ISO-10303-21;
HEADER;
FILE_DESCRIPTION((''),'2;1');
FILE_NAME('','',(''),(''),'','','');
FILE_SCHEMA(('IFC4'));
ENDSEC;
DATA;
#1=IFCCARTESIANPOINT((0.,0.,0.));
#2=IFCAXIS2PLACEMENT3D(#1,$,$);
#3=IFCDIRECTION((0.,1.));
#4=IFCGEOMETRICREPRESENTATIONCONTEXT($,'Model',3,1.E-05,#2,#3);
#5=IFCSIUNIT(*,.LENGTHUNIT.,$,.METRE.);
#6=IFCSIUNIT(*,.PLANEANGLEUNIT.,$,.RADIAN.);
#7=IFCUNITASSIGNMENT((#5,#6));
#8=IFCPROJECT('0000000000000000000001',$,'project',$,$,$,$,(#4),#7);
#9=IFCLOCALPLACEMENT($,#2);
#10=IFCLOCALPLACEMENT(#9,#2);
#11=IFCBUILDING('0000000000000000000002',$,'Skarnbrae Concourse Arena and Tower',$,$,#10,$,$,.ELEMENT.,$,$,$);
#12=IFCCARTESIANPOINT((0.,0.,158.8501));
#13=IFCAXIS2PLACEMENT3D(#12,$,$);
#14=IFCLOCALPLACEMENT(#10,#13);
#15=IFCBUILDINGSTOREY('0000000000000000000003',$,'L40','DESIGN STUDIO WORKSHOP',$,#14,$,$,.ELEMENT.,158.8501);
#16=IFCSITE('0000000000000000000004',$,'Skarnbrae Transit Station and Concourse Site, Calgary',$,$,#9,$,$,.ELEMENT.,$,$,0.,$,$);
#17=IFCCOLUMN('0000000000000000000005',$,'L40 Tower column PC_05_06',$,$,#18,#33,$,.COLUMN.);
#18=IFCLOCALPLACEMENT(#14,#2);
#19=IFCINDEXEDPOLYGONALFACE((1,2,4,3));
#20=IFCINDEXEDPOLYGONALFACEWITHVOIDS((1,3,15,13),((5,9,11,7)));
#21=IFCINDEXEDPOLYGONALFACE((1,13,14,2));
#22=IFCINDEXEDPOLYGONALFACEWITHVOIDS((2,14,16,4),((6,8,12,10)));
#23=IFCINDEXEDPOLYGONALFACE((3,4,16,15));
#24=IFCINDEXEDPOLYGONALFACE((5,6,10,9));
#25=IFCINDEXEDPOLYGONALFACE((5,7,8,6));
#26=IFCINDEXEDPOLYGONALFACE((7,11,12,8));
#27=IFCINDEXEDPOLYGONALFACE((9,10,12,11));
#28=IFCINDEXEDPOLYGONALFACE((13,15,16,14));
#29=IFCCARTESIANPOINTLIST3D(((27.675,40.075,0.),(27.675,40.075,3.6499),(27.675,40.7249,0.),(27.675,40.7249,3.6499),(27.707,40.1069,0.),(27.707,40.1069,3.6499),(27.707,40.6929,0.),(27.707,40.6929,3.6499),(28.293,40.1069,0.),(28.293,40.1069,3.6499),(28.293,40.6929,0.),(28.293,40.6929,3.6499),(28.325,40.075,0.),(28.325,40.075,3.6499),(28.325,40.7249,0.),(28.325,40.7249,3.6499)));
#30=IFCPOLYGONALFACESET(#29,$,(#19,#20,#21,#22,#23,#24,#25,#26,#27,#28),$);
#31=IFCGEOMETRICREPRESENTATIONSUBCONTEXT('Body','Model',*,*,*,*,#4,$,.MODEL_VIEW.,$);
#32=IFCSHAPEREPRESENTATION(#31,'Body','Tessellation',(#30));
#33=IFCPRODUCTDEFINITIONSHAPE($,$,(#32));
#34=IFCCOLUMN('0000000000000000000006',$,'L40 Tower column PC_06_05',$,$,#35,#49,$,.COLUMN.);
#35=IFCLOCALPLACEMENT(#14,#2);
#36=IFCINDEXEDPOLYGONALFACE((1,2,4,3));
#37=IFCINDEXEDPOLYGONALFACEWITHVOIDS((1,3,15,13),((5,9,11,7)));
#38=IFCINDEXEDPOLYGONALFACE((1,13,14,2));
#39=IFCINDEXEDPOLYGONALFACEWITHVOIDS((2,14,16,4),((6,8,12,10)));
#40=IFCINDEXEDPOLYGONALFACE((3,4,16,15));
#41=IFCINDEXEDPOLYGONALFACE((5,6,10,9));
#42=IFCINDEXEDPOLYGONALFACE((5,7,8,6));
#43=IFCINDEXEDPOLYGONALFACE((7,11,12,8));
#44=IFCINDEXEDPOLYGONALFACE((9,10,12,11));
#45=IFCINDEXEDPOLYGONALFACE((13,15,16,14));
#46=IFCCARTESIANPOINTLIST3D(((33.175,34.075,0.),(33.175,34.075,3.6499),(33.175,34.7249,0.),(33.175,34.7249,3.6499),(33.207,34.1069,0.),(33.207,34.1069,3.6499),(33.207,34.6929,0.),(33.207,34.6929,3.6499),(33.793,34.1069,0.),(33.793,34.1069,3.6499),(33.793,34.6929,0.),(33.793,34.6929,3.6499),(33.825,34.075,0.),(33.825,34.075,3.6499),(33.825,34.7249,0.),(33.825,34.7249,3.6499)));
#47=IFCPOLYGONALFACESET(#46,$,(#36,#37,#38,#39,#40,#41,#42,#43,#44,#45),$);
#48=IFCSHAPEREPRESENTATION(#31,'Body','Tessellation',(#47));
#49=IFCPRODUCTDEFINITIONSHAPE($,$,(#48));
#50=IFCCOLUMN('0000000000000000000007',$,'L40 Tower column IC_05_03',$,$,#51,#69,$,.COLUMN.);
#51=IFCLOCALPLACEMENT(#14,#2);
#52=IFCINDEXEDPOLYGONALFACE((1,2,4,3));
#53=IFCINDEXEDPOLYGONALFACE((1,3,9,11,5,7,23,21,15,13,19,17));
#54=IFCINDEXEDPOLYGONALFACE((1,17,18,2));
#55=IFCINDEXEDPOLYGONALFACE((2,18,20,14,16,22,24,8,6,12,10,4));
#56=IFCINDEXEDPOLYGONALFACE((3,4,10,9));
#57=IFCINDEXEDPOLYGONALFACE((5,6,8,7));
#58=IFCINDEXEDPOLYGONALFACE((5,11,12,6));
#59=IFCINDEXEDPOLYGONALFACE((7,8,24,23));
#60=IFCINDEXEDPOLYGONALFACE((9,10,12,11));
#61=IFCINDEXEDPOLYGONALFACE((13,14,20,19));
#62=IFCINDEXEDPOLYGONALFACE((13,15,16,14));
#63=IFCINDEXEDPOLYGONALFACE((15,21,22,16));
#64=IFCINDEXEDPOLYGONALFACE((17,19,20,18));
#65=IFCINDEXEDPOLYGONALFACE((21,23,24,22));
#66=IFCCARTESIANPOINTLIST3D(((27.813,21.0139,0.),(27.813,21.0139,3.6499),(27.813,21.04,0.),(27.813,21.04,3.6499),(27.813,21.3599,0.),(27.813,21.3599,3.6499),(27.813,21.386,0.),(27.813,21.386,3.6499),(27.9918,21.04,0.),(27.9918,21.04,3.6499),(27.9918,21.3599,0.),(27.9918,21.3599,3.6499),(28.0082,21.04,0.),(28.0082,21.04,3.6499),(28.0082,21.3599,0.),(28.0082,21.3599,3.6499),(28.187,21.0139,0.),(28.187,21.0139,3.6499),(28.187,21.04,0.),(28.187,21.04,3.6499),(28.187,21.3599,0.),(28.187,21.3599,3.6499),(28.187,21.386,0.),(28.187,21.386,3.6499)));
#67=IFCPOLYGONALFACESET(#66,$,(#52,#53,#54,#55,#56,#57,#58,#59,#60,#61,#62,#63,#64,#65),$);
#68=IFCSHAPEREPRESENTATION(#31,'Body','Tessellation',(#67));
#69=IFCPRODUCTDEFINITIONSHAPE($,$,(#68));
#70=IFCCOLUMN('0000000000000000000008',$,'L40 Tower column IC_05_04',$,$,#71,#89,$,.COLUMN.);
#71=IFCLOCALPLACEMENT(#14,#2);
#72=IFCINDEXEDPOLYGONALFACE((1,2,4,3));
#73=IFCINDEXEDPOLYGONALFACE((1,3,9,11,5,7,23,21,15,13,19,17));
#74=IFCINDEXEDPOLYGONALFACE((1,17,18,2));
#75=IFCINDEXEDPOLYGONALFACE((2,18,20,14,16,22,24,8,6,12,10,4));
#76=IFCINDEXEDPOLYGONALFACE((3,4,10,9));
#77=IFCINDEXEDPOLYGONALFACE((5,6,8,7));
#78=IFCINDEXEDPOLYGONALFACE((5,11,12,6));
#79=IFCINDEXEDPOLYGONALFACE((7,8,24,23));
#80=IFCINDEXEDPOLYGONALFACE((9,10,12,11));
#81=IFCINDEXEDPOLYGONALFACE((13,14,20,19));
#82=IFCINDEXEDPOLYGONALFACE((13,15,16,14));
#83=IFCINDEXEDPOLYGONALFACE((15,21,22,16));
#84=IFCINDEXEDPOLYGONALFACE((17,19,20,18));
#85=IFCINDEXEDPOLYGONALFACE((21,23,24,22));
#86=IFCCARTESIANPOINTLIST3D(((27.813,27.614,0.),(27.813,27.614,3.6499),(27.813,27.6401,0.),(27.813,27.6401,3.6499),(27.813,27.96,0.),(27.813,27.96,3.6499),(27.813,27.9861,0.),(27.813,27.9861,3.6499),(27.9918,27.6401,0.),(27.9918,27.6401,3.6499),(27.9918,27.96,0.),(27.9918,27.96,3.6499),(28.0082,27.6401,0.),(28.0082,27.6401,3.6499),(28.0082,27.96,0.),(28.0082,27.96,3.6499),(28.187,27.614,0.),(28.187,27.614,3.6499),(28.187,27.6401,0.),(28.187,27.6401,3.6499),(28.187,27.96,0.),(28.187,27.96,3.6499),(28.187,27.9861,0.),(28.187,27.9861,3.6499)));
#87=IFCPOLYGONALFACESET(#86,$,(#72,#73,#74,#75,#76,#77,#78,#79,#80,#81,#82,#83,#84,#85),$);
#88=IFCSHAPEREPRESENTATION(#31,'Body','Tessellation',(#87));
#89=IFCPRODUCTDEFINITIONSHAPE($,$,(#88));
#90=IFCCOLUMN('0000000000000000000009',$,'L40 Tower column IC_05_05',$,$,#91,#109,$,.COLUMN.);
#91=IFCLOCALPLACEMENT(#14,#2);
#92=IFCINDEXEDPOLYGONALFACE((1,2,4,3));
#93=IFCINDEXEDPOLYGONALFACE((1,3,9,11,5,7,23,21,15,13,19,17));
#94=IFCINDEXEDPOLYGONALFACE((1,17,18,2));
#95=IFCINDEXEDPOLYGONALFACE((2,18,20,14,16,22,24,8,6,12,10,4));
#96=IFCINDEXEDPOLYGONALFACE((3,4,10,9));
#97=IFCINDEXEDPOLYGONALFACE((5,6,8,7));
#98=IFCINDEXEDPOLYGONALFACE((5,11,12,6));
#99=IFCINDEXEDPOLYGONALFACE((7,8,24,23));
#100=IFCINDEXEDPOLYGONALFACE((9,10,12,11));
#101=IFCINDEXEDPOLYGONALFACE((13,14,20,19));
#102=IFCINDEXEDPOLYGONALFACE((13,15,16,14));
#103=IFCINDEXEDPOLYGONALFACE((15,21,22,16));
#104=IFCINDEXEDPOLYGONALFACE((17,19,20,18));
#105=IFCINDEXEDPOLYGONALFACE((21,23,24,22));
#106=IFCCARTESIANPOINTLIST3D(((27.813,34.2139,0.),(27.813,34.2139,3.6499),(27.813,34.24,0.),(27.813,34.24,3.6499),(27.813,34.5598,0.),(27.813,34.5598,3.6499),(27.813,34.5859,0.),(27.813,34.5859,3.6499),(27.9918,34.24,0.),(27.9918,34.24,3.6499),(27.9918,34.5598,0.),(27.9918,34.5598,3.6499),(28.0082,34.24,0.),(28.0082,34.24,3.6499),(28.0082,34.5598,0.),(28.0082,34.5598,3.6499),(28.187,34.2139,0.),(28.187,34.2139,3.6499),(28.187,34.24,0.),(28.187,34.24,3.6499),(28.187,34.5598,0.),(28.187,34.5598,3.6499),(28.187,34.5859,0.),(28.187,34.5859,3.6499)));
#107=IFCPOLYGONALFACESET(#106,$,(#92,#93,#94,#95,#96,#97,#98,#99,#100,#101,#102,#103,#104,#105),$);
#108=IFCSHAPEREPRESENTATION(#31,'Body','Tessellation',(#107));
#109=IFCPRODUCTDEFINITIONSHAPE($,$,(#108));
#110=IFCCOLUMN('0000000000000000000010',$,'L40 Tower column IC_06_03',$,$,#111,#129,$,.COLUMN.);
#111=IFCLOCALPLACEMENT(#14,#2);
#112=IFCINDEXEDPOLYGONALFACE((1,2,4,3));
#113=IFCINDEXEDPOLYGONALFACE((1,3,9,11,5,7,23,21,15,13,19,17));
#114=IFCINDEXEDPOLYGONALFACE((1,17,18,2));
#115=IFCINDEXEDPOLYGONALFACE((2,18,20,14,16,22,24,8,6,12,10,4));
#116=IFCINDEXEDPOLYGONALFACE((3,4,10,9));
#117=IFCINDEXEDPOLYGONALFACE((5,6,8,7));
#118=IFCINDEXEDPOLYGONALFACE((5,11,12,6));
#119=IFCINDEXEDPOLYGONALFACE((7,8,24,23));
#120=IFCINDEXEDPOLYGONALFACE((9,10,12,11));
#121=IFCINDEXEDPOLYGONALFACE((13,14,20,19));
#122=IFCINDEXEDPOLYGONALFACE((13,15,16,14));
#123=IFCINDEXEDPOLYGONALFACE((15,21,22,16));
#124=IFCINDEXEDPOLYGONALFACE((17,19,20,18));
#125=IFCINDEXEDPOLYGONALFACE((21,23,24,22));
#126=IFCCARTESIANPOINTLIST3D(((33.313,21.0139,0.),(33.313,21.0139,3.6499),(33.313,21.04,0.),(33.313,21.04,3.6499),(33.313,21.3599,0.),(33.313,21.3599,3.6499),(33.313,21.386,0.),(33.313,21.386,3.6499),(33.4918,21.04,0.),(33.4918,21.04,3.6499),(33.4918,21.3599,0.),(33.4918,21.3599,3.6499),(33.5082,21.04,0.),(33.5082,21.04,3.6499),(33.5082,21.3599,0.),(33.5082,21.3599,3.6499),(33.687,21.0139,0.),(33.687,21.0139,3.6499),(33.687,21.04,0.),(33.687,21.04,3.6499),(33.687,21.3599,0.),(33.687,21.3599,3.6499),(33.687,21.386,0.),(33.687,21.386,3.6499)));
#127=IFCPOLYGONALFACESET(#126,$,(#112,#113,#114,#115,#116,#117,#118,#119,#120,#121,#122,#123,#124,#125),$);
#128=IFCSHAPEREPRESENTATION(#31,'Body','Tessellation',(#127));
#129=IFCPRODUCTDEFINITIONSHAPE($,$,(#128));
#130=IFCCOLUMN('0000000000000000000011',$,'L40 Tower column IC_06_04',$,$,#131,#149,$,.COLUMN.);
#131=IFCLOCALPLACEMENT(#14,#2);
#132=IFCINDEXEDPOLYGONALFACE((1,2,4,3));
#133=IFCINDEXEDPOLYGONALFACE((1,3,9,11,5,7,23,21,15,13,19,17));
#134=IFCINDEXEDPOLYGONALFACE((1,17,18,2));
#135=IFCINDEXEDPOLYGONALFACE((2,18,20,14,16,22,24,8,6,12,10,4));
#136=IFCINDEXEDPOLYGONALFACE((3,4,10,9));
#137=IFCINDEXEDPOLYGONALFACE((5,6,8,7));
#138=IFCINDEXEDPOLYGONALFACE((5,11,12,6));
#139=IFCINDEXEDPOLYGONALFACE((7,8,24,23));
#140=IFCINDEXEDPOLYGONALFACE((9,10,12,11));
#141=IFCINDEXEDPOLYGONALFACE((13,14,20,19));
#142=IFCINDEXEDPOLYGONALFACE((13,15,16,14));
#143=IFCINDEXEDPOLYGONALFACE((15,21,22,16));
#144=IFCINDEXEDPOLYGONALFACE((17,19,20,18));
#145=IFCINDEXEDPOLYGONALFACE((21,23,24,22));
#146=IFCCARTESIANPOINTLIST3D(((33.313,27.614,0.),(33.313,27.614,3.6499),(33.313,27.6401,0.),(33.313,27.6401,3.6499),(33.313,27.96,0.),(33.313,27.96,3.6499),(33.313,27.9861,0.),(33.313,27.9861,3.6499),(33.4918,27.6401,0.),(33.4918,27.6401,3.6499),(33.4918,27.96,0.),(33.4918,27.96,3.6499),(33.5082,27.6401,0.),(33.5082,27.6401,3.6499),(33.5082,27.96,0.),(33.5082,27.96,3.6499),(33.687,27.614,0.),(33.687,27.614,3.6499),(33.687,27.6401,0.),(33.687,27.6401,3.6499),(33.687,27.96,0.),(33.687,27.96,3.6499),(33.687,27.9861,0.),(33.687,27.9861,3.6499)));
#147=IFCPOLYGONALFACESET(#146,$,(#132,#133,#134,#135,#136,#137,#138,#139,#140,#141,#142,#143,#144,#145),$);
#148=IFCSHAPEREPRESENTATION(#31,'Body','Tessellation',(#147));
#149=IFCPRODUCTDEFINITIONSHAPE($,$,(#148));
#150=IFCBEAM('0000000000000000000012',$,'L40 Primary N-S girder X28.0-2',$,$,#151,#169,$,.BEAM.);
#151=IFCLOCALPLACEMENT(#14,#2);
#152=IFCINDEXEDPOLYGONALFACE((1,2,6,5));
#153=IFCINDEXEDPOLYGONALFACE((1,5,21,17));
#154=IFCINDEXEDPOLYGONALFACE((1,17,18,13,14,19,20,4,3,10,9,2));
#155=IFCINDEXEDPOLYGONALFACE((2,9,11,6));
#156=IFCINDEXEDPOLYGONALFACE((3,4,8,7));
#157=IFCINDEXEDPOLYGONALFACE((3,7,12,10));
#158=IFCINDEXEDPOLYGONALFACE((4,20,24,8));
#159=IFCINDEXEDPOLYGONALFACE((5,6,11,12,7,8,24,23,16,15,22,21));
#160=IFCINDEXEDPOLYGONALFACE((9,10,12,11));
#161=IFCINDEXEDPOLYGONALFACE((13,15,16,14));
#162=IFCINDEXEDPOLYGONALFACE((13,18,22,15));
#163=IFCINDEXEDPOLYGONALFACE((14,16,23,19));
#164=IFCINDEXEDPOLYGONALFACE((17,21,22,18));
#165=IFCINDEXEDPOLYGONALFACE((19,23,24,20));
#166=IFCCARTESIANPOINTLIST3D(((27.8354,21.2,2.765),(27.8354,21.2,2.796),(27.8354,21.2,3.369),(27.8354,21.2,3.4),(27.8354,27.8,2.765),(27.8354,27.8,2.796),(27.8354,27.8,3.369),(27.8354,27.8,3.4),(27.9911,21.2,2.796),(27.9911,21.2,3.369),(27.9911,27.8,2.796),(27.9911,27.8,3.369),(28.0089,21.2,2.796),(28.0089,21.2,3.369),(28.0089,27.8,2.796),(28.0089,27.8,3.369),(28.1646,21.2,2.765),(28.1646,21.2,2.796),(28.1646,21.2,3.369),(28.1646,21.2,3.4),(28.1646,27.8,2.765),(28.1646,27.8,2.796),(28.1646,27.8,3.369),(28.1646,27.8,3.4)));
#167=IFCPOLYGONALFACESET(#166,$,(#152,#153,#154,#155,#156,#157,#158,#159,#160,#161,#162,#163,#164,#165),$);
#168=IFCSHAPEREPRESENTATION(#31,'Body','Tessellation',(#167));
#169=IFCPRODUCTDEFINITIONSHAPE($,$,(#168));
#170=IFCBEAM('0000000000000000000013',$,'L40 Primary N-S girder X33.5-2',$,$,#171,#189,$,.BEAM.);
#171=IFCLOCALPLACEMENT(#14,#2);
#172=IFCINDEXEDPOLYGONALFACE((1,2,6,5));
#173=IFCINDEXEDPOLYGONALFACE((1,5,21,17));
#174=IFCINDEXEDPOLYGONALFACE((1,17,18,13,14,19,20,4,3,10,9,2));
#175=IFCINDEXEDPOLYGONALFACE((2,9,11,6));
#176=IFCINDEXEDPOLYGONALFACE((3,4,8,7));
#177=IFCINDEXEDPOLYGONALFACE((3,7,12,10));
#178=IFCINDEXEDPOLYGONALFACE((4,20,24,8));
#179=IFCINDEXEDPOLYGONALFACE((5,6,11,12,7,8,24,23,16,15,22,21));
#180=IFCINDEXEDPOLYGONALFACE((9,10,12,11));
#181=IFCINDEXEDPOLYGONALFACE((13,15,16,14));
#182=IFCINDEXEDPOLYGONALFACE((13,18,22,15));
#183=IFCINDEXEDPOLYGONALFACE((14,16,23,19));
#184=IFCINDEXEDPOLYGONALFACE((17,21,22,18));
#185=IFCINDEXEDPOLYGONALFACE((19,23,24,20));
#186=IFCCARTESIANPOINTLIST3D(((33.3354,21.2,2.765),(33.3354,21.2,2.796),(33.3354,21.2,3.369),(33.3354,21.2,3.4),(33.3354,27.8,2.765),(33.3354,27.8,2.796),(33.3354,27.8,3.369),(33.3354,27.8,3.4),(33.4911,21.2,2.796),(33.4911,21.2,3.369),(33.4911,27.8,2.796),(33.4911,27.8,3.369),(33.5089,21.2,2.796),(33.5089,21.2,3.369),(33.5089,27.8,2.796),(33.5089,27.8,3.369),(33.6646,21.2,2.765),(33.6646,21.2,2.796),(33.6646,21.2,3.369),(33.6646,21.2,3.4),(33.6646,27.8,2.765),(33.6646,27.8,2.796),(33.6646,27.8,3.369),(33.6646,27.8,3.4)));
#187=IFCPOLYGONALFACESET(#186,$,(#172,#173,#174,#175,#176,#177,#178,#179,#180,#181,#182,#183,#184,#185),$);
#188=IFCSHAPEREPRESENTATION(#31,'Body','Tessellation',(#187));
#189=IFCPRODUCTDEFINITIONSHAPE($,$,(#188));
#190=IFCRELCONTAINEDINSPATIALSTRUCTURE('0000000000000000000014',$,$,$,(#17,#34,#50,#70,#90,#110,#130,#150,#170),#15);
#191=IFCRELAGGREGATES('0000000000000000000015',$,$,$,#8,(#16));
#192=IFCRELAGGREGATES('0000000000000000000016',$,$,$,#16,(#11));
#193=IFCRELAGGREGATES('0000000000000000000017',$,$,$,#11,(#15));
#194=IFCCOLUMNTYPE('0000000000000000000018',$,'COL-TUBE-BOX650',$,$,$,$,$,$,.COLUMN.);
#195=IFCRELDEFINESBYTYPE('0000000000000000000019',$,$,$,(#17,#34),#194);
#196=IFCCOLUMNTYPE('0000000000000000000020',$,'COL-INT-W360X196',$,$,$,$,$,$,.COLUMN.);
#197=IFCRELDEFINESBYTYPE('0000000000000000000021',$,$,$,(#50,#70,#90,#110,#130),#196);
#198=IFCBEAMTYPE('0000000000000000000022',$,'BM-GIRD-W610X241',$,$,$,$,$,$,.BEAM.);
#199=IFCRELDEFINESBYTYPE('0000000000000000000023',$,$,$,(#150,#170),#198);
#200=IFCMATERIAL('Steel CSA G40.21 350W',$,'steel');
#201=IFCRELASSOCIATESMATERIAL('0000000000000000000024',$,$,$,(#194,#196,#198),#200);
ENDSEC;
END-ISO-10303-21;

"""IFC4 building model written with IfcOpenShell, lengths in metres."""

from ifc_helpers import new_model, si_unit, direction, frame, origin, origin_2d, place, context, subcontext, project, spatial, hollow_rectangle, i_section, extrude, source, transform, mapped, material, material_profile, profile_set, type_object, element, save


model = new_model("IFC4")

# Units and contexts
model_context = context("Model", 3, precision=1e-05, world=origin(), true_north=direction((0.0, 1.0)))
body_context = subcontext(model_context, "Body", "Model", "MODEL_VIEW")
ifc_project = project(units=[si_unit("LENGTHUNIT", "METRE"), si_unit("PLANEANGLEUNIT", "RADIAN")], contexts=[model_context])

# Site, building, storey
site_placement = place(None, origin())
site = spatial("IfcSite", under=ifc_project, at=site_placement, Name="Skarnbrae Transit Station and Concourse Site, Calgary", CompositionType="ELEMENT", RefElevation=0.0)
building_placement = place(site_placement, origin())
building = spatial("IfcBuilding", under=site, at=building_placement, Name="Skarnbrae Concourse Arena and Tower", CompositionType="ELEMENT")
storey_placement = place(building_placement, frame((0.0, 0.0, 158.8501)))
storey = spatial("IfcBuildingStorey", under=building, at=storey_placement, Name="L40", Description="DESIGN STUDIO WORKSHOP", CompositionType="ELEMENT", Elevation=158.8501)

# Columns
ifc_material_1 = material(Name="Steel CSA G40.21 350W", Category="steel")
ifc_material_profile_1 = material_profile(ifc_material_1, hollow_rectangle(XDim=0.6499, YDim=0.6499, WallThickness=0.032, at=origin_2d()), Name="BOX650X650X32")
ifc_profile_set_1 = profile_set([ifc_material_profile_1], Name="Steel CSA G40.21 350W")
column_type_1 = type_object("IfcColumnType", Name="COL-TUBE-BOX650", PredefinedType="COLUMN", material=ifc_profile_set_1)
shared_shape_1 = source(origin(), body_context, "Body", "SweptSolid", [
    extrude(hollow_rectangle(XDim=0.6499, YDim=0.6499, WallThickness=0.032, at=origin_2d()), origin(), (0.0, 0.0, 1.0), 3.6499),
])
for number, where, z_axis, x_axis, name in (
    (1, (28.0, 40.3999, 0.0), (0.0, 0.0, 1.0), (1.0, 0.0, 0.0), "L40 Tower column PC_05_06"),
    (2, (33.5, 34.3999, 0.0), (0.0, 0.0, 1.0), (1.0, 0.0, 0.0), "L40 Tower column PC_06_05"),
):
    element("IfcColumn", number, at=place(storey_placement, frame(where, z_axis=z_axis, x_axis=x_axis)), inside=storey, type_object=column_type_1, Name=name, PredefinedType="COLUMN", context=body_context, shape_type="MappedRepresentation", body=[
        mapped(shared_shape_1, transform((0.0, 0.0, 0.0))),
    ])
ifc_material_profile_2 = material_profile(ifc_material_1, i_section(OverallWidth=0.374, OverallDepth=0.3721, WebThickness=0.0164, FlangeThickness=0.0261, at=origin_2d()), Name="W360X196")
ifc_profile_set_2 = profile_set([ifc_material_profile_2], Name="Steel CSA G40.21 350W")
column_type_2 = type_object("IfcColumnType", Name="COL-INT-W360X196", PredefinedType="COLUMN", material=ifc_profile_set_2)
shared_shape_2 = source(origin(), body_context, "Body", "SweptSolid", [
    extrude(i_section(OverallWidth=0.374, OverallDepth=0.3721, WebThickness=0.0164, FlangeThickness=0.0261, at=origin_2d()), origin(), (0.0, 0.0, 1.0), 3.6499),
])
for number, where, z_axis, x_axis, name in (
    (3, (28.0, 21.2, 0.0), (0.0, 0.0, 1.0), (1.0, 0.0, 0.0), "L40 Tower column IC_05_03"),
    (4, (28.0, 27.8, 0.0), (0.0, 0.0, 1.0), (1.0, 0.0, 0.0), "L40 Tower column IC_05_04"),
    (5, (28.0, 34.3999, 0.0), (0.0, 0.0, 1.0), (1.0, 0.0, 0.0), "L40 Tower column IC_05_05"),
    (6, (33.5, 21.2, 0.0), (0.0, 0.0, 1.0), (1.0, 0.0, 0.0), "L40 Tower column IC_06_03"),
    (7, (33.5, 27.8, 0.0), (0.0, 0.0, 1.0), (1.0, 0.0, 0.0), "L40 Tower column IC_06_04"),
):
    element("IfcColumn", number, at=place(storey_placement, frame(where, z_axis=z_axis, x_axis=x_axis)), inside=storey, type_object=column_type_2, Name=name, PredefinedType="COLUMN", context=body_context, shape_type="MappedRepresentation", body=[
        mapped(shared_shape_2, transform((0.0, 0.0, 0.0))),
    ])

# Beams
ifc_material_profile_3 = material_profile(ifc_material_1, i_section(OverallWidth=0.3291, OverallDepth=0.635, WebThickness=0.0178, FlangeThickness=0.031, at=origin_2d()), Name="W610X241")
ifc_profile_set_3 = profile_set([ifc_material_profile_3], Name="Steel CSA G40.21 350W")
beam_type_1 = type_object("IfcBeamType", Name="BM-GIRD-W610X241", PredefinedType="BEAM", material=ifc_profile_set_3)
shared_shape_3 = source(origin(), body_context, "Body", "SweptSolid", [
    extrude(i_section(OverallWidth=0.3291, OverallDepth=0.635, WebThickness=0.0178, FlangeThickness=0.031, at=origin_2d()), origin(), (0.0, 0.0, 1.0), 6.6001),
])
for number, where, z_axis, x_axis, name in (
    (8, (28.0, 21.2, 3.0825), (0.0, 1.0, 0.0), (-1.0, 0.0, 0.0), "L40 Primary N-S girder X28.0-2"),
    (9, (33.5, 21.2, 3.0825), (0.0, 1.0, 0.0), (-1.0, 0.0, 0.0), "L40 Primary N-S girder X33.5-2"),
):
    element("IfcBeam", number, at=place(storey_placement, frame(where, z_axis=z_axis, x_axis=x_axis)), inside=storey, type_object=beam_type_1, Name=name, PredefinedType="BEAM", context=body_context, shape_type="MappedRepresentation", body=[
        mapped(shared_shape_3, transform((0.0, 0.0, 0.0))),
    ])

save(model, "model.ifc")
